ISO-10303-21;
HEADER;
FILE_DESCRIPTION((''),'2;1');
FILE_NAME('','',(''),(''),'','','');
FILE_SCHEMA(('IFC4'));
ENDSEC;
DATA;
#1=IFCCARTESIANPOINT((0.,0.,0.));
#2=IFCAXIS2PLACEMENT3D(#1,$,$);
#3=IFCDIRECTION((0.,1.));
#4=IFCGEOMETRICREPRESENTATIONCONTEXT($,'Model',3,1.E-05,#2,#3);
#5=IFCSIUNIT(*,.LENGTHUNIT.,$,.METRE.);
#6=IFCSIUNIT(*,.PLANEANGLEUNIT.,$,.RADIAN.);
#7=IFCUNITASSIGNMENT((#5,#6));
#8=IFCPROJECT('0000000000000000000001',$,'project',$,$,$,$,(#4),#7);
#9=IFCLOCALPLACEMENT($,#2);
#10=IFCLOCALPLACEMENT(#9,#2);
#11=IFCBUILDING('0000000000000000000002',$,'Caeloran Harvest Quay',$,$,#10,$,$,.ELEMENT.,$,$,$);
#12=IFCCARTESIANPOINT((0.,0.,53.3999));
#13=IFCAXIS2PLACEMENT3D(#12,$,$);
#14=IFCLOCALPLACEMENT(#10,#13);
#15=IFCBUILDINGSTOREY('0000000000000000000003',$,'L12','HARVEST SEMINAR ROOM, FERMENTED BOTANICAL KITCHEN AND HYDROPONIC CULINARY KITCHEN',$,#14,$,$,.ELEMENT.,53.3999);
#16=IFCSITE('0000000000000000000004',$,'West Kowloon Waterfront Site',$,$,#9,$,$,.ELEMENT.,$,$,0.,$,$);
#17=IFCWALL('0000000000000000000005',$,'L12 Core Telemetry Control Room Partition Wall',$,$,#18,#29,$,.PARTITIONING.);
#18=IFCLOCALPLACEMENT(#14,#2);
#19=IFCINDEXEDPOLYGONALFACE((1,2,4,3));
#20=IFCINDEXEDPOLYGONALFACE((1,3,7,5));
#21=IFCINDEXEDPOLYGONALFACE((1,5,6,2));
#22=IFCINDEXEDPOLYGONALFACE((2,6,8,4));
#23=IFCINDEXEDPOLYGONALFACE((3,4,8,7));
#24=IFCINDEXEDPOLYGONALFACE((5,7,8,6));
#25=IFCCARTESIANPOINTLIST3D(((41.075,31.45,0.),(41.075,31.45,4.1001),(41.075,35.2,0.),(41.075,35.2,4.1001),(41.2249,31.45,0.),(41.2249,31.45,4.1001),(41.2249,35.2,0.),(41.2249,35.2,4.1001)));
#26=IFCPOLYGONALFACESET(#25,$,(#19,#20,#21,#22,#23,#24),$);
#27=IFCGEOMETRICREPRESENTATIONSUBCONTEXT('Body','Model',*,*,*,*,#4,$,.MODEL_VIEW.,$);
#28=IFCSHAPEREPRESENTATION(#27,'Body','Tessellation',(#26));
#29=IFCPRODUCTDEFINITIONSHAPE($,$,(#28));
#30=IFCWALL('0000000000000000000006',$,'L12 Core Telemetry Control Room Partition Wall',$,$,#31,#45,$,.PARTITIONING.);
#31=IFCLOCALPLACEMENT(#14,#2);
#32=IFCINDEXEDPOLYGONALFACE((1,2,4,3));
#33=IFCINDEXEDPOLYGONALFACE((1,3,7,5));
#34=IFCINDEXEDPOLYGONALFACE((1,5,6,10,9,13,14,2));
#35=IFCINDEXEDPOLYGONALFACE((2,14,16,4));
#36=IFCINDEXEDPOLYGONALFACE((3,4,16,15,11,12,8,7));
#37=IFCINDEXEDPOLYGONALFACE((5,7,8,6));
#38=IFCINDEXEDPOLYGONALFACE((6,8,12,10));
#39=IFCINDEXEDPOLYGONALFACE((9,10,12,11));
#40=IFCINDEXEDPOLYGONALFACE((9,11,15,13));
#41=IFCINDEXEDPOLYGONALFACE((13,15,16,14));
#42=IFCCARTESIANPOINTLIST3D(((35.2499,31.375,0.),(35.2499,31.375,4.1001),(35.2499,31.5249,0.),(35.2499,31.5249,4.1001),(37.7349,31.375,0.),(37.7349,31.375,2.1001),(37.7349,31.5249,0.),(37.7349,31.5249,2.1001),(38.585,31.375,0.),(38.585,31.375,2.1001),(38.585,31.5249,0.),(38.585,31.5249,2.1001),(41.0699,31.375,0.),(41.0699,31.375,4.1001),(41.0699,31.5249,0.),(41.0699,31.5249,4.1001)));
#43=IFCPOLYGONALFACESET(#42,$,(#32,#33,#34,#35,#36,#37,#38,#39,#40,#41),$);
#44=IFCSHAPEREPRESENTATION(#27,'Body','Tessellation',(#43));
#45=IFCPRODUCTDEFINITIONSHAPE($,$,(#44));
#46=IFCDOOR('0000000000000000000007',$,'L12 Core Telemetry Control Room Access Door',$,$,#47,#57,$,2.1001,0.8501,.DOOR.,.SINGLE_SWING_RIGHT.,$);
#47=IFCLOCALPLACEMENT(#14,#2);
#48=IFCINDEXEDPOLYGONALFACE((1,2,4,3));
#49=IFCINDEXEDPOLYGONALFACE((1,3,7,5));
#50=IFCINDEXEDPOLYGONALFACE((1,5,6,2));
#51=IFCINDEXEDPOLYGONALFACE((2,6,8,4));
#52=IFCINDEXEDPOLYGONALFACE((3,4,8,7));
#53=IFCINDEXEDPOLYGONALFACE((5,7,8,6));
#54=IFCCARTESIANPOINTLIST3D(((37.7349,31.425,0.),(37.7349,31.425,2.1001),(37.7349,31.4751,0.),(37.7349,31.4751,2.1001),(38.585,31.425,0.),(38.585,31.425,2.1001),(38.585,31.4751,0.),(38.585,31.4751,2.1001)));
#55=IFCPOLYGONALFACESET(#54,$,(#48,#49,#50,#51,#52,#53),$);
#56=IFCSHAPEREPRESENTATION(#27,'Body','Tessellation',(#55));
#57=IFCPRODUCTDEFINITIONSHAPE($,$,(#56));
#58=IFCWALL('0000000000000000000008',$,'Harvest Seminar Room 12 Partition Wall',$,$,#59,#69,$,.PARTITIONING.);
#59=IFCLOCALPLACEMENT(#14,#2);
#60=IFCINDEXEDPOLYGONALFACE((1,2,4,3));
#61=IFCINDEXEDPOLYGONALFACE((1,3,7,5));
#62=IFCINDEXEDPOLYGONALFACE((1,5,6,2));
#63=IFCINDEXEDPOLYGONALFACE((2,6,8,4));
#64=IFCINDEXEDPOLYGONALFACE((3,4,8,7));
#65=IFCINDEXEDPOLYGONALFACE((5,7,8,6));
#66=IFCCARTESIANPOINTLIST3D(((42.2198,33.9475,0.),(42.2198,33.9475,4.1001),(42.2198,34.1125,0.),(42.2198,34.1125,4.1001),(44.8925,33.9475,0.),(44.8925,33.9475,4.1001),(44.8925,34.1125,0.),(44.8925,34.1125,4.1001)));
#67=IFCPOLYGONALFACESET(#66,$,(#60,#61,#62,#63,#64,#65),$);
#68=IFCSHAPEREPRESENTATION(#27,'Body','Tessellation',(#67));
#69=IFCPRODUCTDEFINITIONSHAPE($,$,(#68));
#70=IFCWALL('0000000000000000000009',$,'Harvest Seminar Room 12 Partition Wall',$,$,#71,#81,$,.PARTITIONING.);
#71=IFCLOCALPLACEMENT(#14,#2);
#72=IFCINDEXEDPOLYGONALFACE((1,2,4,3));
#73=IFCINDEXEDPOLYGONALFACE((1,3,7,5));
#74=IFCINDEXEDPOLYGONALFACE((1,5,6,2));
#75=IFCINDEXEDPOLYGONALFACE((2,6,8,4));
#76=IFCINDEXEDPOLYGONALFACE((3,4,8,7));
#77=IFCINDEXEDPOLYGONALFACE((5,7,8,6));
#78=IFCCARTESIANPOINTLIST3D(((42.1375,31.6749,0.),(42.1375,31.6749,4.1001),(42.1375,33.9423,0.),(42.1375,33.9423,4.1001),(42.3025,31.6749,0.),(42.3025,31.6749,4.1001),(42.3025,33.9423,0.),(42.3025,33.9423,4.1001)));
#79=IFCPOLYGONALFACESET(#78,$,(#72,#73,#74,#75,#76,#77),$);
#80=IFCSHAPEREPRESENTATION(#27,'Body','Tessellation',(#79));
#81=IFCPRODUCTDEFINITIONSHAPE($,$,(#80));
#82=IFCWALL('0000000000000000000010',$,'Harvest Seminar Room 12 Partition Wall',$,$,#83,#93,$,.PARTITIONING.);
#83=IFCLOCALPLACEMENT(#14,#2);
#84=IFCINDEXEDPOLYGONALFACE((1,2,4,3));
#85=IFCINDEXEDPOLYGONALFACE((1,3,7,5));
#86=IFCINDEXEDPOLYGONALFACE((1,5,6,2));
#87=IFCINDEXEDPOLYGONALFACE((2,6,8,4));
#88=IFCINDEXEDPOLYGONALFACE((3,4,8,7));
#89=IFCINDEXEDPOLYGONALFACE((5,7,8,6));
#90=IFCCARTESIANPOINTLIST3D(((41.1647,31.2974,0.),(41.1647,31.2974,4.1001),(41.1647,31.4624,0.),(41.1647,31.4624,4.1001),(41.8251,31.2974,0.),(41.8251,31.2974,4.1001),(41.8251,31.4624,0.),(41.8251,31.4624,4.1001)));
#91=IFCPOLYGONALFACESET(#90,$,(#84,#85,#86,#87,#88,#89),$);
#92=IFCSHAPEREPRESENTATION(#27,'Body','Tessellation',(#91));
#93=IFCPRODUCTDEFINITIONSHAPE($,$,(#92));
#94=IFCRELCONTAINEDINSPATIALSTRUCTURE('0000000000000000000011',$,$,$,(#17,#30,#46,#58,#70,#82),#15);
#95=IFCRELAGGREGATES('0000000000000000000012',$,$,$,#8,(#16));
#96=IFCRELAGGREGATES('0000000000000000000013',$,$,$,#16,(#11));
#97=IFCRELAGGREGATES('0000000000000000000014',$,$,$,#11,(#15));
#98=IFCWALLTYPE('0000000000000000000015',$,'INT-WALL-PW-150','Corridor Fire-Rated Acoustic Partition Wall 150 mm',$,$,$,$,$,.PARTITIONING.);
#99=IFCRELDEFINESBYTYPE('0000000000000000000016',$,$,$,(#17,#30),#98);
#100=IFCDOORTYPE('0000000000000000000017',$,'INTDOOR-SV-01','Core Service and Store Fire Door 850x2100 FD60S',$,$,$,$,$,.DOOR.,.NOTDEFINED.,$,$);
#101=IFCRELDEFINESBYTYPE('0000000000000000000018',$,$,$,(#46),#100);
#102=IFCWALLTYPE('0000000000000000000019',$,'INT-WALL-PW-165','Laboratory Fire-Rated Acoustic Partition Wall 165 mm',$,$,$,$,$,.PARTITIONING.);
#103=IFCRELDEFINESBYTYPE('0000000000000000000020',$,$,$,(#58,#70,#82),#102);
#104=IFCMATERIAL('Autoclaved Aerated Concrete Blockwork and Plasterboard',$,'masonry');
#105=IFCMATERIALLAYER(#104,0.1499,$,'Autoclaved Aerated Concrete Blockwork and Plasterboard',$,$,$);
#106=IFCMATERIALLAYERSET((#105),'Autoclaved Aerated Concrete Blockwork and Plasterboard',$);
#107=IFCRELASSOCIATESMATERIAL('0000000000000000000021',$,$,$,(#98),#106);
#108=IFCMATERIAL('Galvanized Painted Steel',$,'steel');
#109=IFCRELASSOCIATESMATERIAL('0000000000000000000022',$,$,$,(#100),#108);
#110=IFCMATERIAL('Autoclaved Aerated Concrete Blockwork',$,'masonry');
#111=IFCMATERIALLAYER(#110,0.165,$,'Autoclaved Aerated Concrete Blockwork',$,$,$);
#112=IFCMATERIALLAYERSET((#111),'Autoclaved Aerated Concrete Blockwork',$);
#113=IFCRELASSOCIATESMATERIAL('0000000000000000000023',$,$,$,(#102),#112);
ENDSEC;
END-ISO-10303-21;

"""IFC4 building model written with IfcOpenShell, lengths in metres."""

from ifc_helpers import new_model, si_unit, direction, frame, frame_2d, origin, place, context, subcontext, project, spatial, rectangle, extrude, material, layer, layer_set, type_object, element, fill, save


model = new_model("IFC4")

# Units and contexts
model_context = context("Model", 3, precision=1e-05, world=origin(), true_north=direction((0.0, 1.0)))
body_context = subcontext(model_context, "Body", "Model", "MODEL_VIEW")
ifc_project = project(units=[si_unit("LENGTHUNIT", "METRE"), si_unit("PLANEANGLEUNIT", "RADIAN")], contexts=[model_context])

# Site, building, storey
site_placement = place(None, origin())
site = spatial("IfcSite", under=ifc_project, at=site_placement, Name="West Kowloon Waterfront Site", CompositionType="ELEMENT", RefElevation=0.0)
building_placement = place(site_placement, origin())
building = spatial("IfcBuilding", under=site, at=building_placement, Name="Caeloran Harvest Quay", CompositionType="ELEMENT")
storey_placement = place(building_placement, frame((0.0, 0.0, 53.3999)))
storey = spatial("IfcBuildingStorey", under=building, at=storey_placement, Name="L12", Description="HARVEST SEMINAR ROOM, FERMENTED BOTANICAL KITCHEN AND HYDROPONIC CULINARY KITCHEN", CompositionType="ELEMENT", Elevation=53.3999)

# Wall
ifc_material_1 = material(Name="Autoclaved Aerated Concrete Blockwork and Plasterboard", Category="masonry")
ifc_layer_1 = layer(ifc_material_1, 0.1499, Name="Autoclaved Aerated Concrete Blockwork and Plasterboard")
ifc_layer_set_1 = layer_set([ifc_layer_1], Name="Autoclaved Aerated Concrete Blockwork and Plasterboard")
wall_type_1 = type_object("IfcWallType", Name="INT-WALL-PW-150", Description="Corridor Fire-Rated Acoustic Partition Wall 150 mm", PredefinedType="PARTITIONING", material=ifc_layer_set_1)
wall_1_placement = place(storey_placement, frame((41.1499, 35.2, 0.0), z_axis=(0.0, 0.0, 1.0), x_axis=(0.0, -1.0, 0.0)))
element("IfcWall", 1, at=wall_1_placement, inside=storey, type_object=wall_type_1, Name="L12 Core Telemetry Control Room Partition Wall", PredefinedType="PARTITIONING", context=body_context, shape_type="SweptSolid", body=[
    extrude(rectangle(XDim=3.75, YDim=0.1499, at=frame_2d((1.875, 0.0))), origin(), (0.0, 0.0, 1.0), 4.1001),
])

# Wall, opening, door
wall_2_placement = place(storey_placement, frame((41.0701, 31.45, 0.0), z_axis=(0.0, 0.0, 1.0), x_axis=(-1.0, 0.0, 0.0)))
wall_2 = element("IfcWall", 2, at=wall_2_placement, inside=storey, type_object=wall_type_1, Name="L12 Core Telemetry Control Room Partition Wall", PredefinedType="PARTITIONING", context=body_context, shape_type="SweptSolid", body=[
    extrude(rectangle(XDim=5.8201, YDim=0.1499, at=frame_2d((2.9102, 0.0))), origin(), (0.0, 0.0, 1.0), 4.1001),
])
opening_placement = place(wall_2_placement, frame((2.4851, 0.0, 0.0)))
opening = element("IfcOpeningElement", 3, at=opening_placement, cuts=wall_2, PredefinedType="OPENING", context=body_context, shape_type="SweptSolid", body=[
    extrude(rectangle(XDim=0.8501, YDim=2.1001, at=frame_2d((0.425, 1.05))), frame((0.0, 0.085, 0.0), z_axis=(0.0, -1.0, 0.0), x_axis=(1.0, 0.0, 0.0)), (0.0, 0.0, 1.0), 0.1699),
])
ifc_material_2 = material(Name="Galvanized Painted Steel", Category="steel")
door_type = type_object("IfcDoorType", Name="INTDOOR-SV-01", Description="Core Service and Store Fire Door 850x2100 FD60S", OperationType="NOTDEFINED", PredefinedType="DOOR", material=ifc_material_2)
door_placement = place(opening_placement, origin())
door = element("IfcDoor", 4, at=door_placement, inside=storey, type_object=door_type, Name="L12 Core Telemetry Control Room Access Door", OperationType="SINGLE_SWING_RIGHT", OverallHeight=2.1001, OverallWidth=0.8501, PredefinedType="DOOR", context=body_context, shape_type="SweptSolid", body=[
    extrude(rectangle(XDim=0.8501, YDim=2.1001, at=frame_2d((0.425, 1.05))), frame((0.0, 0.0249, 0.0), z_axis=(0.0, -1.0, 0.0), x_axis=(1.0, 0.0, 0.0)), (0.0, 0.0, 1.0), 0.05),
])
fill(opening, door)

# Walls
ifc_material_3 = material(Name="Autoclaved Aerated Concrete Blockwork", Category="masonry")
ifc_layer_2 = layer(ifc_material_3, 0.165, Name="Autoclaved Aerated Concrete Blockwork")
ifc_layer_set_2 = layer_set([ifc_layer_2], Name="Autoclaved Aerated Concrete Blockwork")
wall_type_2 = type_object("IfcWallType", Name="INT-WALL-PW-165", Description="Laboratory Fire-Rated Acoustic Partition Wall 165 mm", PredefinedType="PARTITIONING", material=ifc_layer_set_2)
wall_3_placement = place(storey_placement, frame((44.8926, 34.03, 0.0), z_axis=(0.0, 0.0, 1.0), x_axis=(-1.0, 0.0, 0.0)))
element("IfcWall", 5, at=wall_3_placement, inside=storey, type_object=wall_type_2, Name="Harvest Seminar Room 12 Partition Wall", PredefinedType="PARTITIONING", context=body_context, shape_type="SweptSolid", body=[
    extrude(rectangle(XDim=2.6726, YDim=0.165, at=frame_2d((1.3364, 0.0))), origin(), (0.0, 0.0, 1.0), 4.1001),
])
wall_4_placement = place(storey_placement, frame((42.22, 33.9424, 0.0), z_axis=(0.0, 0.0, 1.0), x_axis=(0.0, -1.0, 0.0)))
element("IfcWall", 6, at=wall_4_placement, inside=storey, type_object=wall_type_2, Name="Harvest Seminar Room 12 Partition Wall", PredefinedType="PARTITIONING", context=body_context, shape_type="SweptSolid", body=[
    extrude(rectangle(XDim=2.2673, YDim=0.165, at=frame_2d((1.1338, 0.0))), origin(), (0.0, 0.0, 1.0), 4.1001),
])
wall_5_placement = place(storey_placement, frame((41.825, 31.3799, 0.0), z_axis=(0.0, 0.0, 1.0), x_axis=(-1.0, 0.0, 0.0)))
element("IfcWall", 7, at=wall_5_placement, inside=storey, type_object=wall_type_2, Name="Harvest Seminar Room 12 Partition Wall", PredefinedType="PARTITIONING", context=body_context, shape_type="SweptSolid", body=[
    extrude(rectangle(XDim=0.6604, YDim=0.165, at=frame_2d((0.3301, 0.0))), origin(), (0.0, 0.0, 1.0), 4.1001),
])

save(model, "model.ifc")
